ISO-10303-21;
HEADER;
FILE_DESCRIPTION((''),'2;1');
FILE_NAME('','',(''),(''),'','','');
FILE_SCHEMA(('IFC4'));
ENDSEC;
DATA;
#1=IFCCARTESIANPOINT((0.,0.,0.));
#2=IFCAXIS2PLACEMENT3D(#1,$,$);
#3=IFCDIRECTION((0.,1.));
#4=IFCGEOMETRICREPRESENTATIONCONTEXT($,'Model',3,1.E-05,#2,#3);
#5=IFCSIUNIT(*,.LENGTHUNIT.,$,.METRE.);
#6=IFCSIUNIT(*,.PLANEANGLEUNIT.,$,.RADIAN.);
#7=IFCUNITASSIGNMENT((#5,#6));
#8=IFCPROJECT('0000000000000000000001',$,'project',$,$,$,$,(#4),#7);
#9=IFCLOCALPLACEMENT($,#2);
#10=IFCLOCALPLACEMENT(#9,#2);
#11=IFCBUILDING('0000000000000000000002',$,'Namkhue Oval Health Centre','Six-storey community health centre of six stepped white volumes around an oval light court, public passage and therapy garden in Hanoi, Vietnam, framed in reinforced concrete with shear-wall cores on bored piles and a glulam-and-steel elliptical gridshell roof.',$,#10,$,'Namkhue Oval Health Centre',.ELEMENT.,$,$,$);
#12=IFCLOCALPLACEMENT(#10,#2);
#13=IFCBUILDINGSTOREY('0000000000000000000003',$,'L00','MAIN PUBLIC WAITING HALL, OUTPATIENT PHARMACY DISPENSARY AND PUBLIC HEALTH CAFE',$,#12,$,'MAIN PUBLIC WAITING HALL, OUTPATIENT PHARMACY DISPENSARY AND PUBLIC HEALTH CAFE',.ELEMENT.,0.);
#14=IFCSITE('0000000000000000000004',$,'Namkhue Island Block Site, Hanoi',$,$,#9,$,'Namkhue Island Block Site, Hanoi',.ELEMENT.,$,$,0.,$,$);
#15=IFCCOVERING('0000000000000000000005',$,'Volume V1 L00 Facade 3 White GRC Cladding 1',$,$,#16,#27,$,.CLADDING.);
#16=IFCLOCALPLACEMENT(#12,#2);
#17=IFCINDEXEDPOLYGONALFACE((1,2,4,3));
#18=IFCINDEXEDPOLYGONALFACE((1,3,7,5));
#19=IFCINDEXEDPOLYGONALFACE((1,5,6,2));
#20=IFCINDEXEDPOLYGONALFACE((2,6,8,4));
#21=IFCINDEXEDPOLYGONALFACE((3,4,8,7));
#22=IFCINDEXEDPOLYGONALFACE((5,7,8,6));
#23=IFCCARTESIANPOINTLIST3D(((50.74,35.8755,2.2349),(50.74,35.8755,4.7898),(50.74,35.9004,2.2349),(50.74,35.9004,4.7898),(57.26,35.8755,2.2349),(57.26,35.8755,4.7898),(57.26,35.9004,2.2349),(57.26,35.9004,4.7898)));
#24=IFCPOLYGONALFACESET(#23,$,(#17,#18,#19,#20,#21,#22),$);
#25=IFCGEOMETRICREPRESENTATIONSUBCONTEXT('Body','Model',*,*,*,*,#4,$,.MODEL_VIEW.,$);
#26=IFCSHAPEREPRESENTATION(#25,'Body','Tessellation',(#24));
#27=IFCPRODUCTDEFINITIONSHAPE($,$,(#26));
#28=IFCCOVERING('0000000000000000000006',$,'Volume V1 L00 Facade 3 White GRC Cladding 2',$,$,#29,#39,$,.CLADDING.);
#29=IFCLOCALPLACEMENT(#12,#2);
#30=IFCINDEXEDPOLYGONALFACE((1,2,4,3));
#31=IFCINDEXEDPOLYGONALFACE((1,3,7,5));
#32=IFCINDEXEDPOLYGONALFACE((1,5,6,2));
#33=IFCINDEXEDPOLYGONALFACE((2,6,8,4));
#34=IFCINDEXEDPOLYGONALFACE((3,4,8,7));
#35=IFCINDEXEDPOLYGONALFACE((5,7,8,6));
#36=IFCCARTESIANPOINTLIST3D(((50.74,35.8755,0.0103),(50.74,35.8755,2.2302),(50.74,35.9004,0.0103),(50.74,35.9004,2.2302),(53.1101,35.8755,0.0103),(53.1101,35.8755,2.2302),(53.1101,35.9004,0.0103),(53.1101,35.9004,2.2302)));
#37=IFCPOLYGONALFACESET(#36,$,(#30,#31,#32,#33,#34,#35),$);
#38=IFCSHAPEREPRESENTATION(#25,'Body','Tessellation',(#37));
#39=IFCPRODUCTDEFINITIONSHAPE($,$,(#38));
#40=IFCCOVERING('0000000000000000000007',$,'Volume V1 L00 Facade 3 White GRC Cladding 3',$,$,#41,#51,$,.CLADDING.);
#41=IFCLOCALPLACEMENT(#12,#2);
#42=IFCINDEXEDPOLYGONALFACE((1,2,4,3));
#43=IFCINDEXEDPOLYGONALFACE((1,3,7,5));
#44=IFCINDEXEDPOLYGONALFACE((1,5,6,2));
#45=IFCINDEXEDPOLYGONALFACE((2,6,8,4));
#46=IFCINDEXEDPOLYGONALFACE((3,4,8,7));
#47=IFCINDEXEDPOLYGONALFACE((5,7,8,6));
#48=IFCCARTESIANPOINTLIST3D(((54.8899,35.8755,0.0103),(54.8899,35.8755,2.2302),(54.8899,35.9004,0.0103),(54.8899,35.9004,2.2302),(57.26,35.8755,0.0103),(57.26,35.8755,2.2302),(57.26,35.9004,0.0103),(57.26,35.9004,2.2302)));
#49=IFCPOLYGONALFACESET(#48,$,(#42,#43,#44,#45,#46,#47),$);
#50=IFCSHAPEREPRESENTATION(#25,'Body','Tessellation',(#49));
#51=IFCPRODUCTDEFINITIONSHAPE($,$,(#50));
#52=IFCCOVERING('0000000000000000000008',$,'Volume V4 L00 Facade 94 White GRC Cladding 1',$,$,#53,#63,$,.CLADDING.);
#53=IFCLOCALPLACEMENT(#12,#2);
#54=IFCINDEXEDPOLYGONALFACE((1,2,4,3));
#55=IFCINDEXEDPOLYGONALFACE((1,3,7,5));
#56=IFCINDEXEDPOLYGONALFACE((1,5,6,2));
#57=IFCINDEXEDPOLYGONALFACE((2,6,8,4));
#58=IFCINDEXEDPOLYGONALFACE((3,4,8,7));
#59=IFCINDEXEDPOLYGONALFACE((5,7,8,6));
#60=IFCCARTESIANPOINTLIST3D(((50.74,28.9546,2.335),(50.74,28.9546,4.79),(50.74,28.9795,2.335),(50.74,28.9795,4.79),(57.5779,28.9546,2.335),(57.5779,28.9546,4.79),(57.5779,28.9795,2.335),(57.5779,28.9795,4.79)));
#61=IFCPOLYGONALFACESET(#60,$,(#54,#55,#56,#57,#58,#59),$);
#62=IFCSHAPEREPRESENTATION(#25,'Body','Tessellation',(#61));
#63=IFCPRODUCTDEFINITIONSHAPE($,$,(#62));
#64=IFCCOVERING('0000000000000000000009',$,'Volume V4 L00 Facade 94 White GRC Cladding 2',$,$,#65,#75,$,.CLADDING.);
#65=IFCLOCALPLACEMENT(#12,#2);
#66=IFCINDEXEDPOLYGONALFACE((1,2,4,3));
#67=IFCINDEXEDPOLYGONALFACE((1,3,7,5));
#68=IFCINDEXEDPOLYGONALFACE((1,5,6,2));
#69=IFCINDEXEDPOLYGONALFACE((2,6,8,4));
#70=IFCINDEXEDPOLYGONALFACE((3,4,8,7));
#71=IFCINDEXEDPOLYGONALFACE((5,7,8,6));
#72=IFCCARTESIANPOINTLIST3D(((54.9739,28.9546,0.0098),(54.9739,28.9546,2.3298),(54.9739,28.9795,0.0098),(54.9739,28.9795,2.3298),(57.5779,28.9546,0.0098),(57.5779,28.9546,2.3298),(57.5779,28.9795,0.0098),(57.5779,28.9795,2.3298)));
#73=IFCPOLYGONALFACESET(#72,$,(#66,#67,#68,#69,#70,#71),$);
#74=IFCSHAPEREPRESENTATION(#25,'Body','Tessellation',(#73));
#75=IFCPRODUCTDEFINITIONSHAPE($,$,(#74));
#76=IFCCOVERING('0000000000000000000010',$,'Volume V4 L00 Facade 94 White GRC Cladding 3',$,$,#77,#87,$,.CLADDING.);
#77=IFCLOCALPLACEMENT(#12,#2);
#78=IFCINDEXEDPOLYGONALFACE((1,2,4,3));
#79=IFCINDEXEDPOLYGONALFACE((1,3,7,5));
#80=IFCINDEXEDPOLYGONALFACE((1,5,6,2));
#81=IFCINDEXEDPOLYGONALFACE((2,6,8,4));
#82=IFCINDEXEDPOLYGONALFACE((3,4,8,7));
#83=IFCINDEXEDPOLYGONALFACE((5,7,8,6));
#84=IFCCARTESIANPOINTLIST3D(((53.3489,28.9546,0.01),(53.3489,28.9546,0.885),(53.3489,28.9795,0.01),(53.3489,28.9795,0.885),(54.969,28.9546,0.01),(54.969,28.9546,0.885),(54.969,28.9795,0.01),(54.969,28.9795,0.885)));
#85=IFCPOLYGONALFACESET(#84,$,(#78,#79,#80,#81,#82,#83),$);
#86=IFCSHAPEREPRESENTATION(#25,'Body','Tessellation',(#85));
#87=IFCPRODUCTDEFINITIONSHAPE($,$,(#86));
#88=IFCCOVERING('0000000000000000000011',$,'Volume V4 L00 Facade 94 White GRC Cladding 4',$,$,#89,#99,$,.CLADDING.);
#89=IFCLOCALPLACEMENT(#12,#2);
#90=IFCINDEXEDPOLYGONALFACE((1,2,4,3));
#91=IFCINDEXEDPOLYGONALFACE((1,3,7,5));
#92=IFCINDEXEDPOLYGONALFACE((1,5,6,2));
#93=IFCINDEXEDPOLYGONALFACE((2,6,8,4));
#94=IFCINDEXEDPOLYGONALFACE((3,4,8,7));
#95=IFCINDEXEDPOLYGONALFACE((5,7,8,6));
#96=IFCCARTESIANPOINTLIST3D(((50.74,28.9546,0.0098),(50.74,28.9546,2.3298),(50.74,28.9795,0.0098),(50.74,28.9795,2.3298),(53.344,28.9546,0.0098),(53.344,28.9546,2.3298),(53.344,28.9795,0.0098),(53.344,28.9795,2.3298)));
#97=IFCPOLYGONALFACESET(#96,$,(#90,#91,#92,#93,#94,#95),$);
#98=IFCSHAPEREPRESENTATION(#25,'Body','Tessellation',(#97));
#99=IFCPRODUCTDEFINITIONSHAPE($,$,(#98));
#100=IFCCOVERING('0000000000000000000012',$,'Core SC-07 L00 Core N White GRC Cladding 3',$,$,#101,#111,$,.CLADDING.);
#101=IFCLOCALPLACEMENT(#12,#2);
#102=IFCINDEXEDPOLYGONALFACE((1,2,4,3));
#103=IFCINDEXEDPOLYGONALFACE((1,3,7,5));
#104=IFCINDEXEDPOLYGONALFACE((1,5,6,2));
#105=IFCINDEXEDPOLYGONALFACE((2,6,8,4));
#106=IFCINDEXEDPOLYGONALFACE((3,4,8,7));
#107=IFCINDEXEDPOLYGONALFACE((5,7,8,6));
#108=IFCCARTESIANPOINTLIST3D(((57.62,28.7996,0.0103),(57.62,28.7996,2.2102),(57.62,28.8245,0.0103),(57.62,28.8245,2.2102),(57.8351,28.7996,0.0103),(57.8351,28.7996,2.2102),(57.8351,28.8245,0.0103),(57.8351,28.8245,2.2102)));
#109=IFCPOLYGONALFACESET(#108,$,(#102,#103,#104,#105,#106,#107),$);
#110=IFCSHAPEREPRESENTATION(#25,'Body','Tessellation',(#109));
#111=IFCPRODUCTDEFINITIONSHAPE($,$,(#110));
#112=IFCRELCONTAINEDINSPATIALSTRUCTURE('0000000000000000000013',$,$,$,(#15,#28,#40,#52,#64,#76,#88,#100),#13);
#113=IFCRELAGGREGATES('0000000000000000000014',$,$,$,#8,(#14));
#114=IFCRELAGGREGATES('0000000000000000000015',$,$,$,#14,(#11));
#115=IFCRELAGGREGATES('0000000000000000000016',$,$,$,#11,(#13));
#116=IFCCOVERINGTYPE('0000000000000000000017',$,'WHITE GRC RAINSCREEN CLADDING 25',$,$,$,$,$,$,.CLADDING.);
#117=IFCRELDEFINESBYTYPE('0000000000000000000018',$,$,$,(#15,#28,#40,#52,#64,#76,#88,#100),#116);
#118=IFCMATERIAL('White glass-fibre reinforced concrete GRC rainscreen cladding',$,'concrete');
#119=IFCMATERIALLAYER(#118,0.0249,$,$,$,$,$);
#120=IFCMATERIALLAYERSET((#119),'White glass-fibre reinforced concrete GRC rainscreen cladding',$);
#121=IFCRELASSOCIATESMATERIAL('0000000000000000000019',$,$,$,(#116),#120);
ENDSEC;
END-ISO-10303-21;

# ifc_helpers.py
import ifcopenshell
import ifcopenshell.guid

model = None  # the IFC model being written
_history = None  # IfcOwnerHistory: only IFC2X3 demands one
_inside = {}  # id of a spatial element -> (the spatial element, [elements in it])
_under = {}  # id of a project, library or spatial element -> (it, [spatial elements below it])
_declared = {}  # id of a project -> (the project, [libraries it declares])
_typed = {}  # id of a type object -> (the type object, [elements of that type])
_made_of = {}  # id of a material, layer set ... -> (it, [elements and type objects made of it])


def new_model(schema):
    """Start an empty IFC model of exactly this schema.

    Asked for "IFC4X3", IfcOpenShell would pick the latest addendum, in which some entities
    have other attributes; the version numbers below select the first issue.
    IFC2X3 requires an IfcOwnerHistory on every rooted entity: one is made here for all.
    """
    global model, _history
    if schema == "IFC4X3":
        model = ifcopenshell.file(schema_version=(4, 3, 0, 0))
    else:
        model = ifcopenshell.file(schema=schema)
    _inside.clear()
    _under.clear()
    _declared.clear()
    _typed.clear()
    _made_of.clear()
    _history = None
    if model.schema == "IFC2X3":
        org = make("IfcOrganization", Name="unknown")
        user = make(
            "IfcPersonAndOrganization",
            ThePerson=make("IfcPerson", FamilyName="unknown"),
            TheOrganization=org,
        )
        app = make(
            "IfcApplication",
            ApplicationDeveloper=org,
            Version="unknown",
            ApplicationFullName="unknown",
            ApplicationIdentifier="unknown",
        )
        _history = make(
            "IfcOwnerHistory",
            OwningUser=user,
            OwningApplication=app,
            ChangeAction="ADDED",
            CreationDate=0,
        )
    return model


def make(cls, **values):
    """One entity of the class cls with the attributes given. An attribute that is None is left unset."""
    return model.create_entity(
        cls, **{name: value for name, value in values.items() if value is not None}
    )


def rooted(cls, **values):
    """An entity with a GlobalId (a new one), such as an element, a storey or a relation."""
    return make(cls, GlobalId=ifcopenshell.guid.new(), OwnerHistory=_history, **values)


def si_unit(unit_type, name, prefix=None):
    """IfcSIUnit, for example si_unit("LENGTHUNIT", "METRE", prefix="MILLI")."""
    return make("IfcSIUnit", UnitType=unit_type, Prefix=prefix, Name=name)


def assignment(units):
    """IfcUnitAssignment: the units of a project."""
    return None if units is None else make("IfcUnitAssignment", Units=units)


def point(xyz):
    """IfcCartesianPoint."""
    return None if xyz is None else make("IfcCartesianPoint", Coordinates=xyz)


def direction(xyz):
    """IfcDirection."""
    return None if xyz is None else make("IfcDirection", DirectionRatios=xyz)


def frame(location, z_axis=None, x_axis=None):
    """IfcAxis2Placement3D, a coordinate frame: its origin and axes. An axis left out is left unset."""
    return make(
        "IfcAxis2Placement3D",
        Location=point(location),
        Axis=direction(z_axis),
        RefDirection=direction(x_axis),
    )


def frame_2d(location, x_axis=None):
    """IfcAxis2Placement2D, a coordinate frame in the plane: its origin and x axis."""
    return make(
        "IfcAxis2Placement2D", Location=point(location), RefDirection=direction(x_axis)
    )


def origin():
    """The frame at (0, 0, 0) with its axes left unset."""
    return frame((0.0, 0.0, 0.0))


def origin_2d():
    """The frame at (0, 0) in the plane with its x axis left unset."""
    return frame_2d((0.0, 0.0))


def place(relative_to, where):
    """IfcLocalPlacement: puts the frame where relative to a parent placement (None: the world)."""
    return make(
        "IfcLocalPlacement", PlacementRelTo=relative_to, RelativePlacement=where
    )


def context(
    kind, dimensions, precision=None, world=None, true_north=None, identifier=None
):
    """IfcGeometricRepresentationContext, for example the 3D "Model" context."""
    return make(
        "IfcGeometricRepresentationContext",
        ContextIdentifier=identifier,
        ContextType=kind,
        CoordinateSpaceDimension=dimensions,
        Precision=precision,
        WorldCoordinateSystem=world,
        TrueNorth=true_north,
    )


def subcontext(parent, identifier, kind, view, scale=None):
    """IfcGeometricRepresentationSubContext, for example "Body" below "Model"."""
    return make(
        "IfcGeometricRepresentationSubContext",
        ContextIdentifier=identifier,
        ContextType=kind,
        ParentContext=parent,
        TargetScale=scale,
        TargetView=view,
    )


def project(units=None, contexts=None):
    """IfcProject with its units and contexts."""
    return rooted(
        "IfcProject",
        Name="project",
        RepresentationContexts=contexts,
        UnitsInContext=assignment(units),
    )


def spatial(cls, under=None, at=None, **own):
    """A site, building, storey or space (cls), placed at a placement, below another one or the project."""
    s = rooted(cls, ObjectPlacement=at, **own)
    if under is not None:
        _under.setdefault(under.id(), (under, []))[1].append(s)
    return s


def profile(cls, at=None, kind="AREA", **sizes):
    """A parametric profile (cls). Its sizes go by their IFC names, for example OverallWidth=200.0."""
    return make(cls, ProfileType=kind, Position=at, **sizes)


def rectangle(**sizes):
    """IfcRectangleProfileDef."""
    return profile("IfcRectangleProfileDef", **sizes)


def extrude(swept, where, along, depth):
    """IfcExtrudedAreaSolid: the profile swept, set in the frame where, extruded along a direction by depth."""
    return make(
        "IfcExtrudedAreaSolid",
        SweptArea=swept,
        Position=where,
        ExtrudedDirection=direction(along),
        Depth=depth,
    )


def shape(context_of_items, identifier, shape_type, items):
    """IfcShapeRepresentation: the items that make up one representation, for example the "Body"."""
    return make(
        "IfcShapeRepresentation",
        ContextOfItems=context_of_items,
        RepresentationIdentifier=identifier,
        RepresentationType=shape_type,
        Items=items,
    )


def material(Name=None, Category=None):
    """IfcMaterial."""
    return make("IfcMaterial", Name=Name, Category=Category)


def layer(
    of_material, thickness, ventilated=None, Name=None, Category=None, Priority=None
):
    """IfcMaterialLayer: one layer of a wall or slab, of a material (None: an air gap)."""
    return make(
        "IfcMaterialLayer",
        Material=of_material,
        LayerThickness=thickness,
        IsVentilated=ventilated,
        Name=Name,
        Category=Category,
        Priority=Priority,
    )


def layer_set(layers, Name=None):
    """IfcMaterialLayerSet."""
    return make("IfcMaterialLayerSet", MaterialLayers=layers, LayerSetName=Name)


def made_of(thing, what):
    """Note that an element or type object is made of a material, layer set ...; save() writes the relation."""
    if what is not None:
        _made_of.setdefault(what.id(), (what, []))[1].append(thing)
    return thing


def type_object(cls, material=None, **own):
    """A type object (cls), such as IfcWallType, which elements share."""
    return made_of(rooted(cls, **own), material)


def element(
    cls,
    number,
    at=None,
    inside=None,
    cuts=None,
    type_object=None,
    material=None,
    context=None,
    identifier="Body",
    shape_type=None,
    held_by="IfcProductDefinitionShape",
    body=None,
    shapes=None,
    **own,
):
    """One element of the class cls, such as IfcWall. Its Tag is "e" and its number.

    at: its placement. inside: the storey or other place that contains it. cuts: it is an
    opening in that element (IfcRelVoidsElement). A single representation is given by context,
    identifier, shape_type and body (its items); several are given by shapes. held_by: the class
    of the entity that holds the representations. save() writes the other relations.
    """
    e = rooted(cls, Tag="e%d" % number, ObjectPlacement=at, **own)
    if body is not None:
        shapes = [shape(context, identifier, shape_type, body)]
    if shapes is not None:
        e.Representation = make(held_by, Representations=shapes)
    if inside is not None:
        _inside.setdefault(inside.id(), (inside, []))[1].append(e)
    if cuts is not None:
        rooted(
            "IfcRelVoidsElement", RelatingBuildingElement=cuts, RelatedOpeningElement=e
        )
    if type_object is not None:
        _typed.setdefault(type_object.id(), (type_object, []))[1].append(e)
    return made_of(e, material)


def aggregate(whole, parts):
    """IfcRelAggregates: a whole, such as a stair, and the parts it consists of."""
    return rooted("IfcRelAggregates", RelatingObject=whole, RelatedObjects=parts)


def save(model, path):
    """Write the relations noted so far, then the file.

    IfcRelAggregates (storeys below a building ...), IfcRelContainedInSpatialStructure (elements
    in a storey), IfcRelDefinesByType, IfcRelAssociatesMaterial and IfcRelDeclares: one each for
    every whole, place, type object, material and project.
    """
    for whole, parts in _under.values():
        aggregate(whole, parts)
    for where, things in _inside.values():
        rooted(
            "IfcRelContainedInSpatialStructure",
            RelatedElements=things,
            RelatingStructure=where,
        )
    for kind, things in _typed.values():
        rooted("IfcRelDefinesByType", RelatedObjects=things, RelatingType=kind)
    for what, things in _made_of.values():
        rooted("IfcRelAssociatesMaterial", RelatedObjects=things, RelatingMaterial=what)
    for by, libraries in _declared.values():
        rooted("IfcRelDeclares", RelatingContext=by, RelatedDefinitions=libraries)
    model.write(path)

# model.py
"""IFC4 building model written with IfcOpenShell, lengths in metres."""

from ifc_helpers import new_model, si_unit, direction, frame, origin, origin_2d, place, context, subcontext, project, spatial, rectangle, extrude, material, layer, layer_set, type_object, element, save


model = new_model("IFC4")

# Units and contexts
model_context = context("Model", 3, precision=1e-05, world=origin(), true_north=direction((0.0, 1.0)))
body_context = subcontext(model_context, "Body", "Model", "MODEL_VIEW")
ifc_project = project(units=[si_unit("LENGTHUNIT", "METRE"), si_unit("PLANEANGLEUNIT", "RADIAN")], contexts=[model_context])

# Site, building, storey
site_placement = place(None, origin())
site = spatial("IfcSite", under=ifc_project, at=site_placement, Name="Namkhue Island Block Site, Hanoi", LongName="Namkhue Island Block Site, Hanoi", CompositionType="ELEMENT", RefElevation=0.0)
building_placement = place(site_placement, origin())
building = spatial("IfcBuilding", under=site, at=building_placement, Name="Namkhue Oval Health Centre", Description="Six-storey community health centre of six stepped white volumes around an oval light court, public passage and therapy garden in Hanoi, Vietnam, framed in reinforced concrete with shear-wall cores on bored piles and a glulam-and-steel elliptical gridshell roof.", LongName="Namkhue Oval Health Centre", CompositionType="ELEMENT")
storey_placement = place(building_placement, origin())
storey = spatial("IfcBuildingStorey", under=building, at=storey_placement, Name="L00", Description="MAIN PUBLIC WAITING HALL, OUTPATIENT PHARMACY DISPENSARY AND PUBLIC HEALTH CAFE", LongName="MAIN PUBLIC WAITING HALL, OUTPATIENT PHARMACY DISPENSARY AND PUBLIC HEALTH CAFE", CompositionType="ELEMENT", Elevation=0.0)

# Coverings
ifc_material_1 = material(Name="White glass-fibre reinforced concrete GRC rainscreen cladding", Category="concrete")
ifc_layer_1 = layer(ifc_material_1, 0.0249)
ifc_layer_set_1 = layer_set([ifc_layer_1], Name="White glass-fibre reinforced concrete GRC rainscreen cladding")
covering_type = type_object("IfcCoveringType", Name="WHITE GRC RAINSCREEN CLADDING 25", PredefinedType="CLADDING", material=ifc_layer_set_1)
covering_1_placement = place(storey_placement, frame((54.0, 35.8879, 2.2349), z_axis=(0.0, 0.0, 1.0), x_axis=(1.0, 0.0, 0.0)))
element("IfcCovering", 1, at=covering_1_placement, inside=storey, type_object=covering_type, Name="Volume V1 L00 Facade 3 White GRC Cladding 1", PredefinedType="CLADDING", context=body_context, shape_type="SweptSolid", body=[
    extrude(rectangle(XDim=6.52, YDim=0.0249, at=origin_2d()), origin(), (0.0, 0.0, 1.0), 2.5549),
])
for number, where, z_axis, x_axis, name in (
    (2, (51.925, 35.8879, 0.0103), (0.0, 0.0, 1.0), (1.0, 0.0, 0.0), "Volume V1 L00 Facade 3 White GRC Cladding 2"),
    (3, (56.075, 35.8879, 0.0103), (0.0, 0.0, 1.0), (1.0, 0.0, 0.0), "Volume V1 L00 Facade 3 White GRC Cladding 3"),
):
    element("IfcCovering", number, at=place(storey_placement, frame(where, z_axis=z_axis, x_axis=x_axis)), inside=storey, type_object=covering_type, Name=name, PredefinedType="CLADDING", context=body_context, shape_type="SweptSolid", body=[
        extrude(rectangle(XDim=2.3701, YDim=0.0249, at=origin_2d()), origin(), (0.0, 0.0, 1.0), 2.22),
    ])
covering_2_placement = place(storey_placement, frame((54.1589, 28.967, 2.335), z_axis=(0.0, 0.0, 1.0), x_axis=(-1.0, 0.0, 0.0)))
element("IfcCovering", 4, at=covering_2_placement, inside=storey, type_object=covering_type, Name="Volume V4 L00 Facade 94 White GRC Cladding 1", PredefinedType="CLADDING", context=body_context, shape_type="SweptSolid", body=[
    extrude(rectangle(XDim=6.8379, YDim=0.0249, at=origin_2d()), origin(), (0.0, 0.0, 1.0), 2.4551),
])
covering_3_placement = place(storey_placement, frame((56.2759, 28.967, 0.0098), z_axis=(0.0, 0.0, 1.0), x_axis=(-1.0, 0.0, 0.0)))
element("IfcCovering", 5, at=covering_3_placement, inside=storey, type_object=covering_type, Name="Volume V4 L00 Facade 94 White GRC Cladding 2", PredefinedType="CLADDING", context=body_context, shape_type="SweptSolid", body=[
    extrude(rectangle(XDim=2.604, YDim=0.0249, at=origin_2d()), origin(), (0.0, 0.0, 1.0), 2.3201),
])
covering_4_placement = place(storey_placement, frame((54.1589, 28.967, 0.01), z_axis=(0.0, 0.0, 1.0), x_axis=(-1.0, 0.0, 0.0)))
element("IfcCovering", 6, at=covering_4_placement, inside=storey, type_object=covering_type, Name="Volume V4 L00 Facade 94 White GRC Cladding 3", PredefinedType="CLADDING", context=body_context, shape_type="SweptSolid", body=[
    extrude(rectangle(XDim=1.6201, YDim=0.0249, at=origin_2d()), origin(), (0.0, 0.0, 1.0), 0.875),
])
covering_5_placement = place(storey_placement, frame((52.042, 28.967, 0.0098), z_axis=(0.0, 0.0, 1.0), x_axis=(-1.0, 0.0, 0.0)))
element("IfcCovering", 7, at=covering_5_placement, inside=storey, type_object=covering_type, Name="Volume V4 L00 Facade 94 White GRC Cladding 4", PredefinedType="CLADDING", context=body_context, shape_type="SweptSolid", body=[
    extrude(rectangle(XDim=2.604, YDim=0.0249, at=origin_2d()), origin(), (0.0, 0.0, 1.0), 2.3201),
])
covering_6_placement = place(storey_placement, frame((57.7275, 28.812, 0.0103), z_axis=(0.0, 0.0, 1.0), x_axis=(-1.0, 0.0, 0.0)))
element("IfcCovering", 8, at=covering_6_placement, inside=storey, type_object=covering_type, Name="Core SC-07 L00 Core N White GRC Cladding 3", PredefinedType="CLADDING", context=body_context, shape_type="SweptSolid", body=[
    extrude(rectangle(XDim=0.2151, YDim=0.0249, at=origin_2d()), origin(), (0.0, 0.0, 1.0), 2.2),
])

save(model, "model.ifc")
